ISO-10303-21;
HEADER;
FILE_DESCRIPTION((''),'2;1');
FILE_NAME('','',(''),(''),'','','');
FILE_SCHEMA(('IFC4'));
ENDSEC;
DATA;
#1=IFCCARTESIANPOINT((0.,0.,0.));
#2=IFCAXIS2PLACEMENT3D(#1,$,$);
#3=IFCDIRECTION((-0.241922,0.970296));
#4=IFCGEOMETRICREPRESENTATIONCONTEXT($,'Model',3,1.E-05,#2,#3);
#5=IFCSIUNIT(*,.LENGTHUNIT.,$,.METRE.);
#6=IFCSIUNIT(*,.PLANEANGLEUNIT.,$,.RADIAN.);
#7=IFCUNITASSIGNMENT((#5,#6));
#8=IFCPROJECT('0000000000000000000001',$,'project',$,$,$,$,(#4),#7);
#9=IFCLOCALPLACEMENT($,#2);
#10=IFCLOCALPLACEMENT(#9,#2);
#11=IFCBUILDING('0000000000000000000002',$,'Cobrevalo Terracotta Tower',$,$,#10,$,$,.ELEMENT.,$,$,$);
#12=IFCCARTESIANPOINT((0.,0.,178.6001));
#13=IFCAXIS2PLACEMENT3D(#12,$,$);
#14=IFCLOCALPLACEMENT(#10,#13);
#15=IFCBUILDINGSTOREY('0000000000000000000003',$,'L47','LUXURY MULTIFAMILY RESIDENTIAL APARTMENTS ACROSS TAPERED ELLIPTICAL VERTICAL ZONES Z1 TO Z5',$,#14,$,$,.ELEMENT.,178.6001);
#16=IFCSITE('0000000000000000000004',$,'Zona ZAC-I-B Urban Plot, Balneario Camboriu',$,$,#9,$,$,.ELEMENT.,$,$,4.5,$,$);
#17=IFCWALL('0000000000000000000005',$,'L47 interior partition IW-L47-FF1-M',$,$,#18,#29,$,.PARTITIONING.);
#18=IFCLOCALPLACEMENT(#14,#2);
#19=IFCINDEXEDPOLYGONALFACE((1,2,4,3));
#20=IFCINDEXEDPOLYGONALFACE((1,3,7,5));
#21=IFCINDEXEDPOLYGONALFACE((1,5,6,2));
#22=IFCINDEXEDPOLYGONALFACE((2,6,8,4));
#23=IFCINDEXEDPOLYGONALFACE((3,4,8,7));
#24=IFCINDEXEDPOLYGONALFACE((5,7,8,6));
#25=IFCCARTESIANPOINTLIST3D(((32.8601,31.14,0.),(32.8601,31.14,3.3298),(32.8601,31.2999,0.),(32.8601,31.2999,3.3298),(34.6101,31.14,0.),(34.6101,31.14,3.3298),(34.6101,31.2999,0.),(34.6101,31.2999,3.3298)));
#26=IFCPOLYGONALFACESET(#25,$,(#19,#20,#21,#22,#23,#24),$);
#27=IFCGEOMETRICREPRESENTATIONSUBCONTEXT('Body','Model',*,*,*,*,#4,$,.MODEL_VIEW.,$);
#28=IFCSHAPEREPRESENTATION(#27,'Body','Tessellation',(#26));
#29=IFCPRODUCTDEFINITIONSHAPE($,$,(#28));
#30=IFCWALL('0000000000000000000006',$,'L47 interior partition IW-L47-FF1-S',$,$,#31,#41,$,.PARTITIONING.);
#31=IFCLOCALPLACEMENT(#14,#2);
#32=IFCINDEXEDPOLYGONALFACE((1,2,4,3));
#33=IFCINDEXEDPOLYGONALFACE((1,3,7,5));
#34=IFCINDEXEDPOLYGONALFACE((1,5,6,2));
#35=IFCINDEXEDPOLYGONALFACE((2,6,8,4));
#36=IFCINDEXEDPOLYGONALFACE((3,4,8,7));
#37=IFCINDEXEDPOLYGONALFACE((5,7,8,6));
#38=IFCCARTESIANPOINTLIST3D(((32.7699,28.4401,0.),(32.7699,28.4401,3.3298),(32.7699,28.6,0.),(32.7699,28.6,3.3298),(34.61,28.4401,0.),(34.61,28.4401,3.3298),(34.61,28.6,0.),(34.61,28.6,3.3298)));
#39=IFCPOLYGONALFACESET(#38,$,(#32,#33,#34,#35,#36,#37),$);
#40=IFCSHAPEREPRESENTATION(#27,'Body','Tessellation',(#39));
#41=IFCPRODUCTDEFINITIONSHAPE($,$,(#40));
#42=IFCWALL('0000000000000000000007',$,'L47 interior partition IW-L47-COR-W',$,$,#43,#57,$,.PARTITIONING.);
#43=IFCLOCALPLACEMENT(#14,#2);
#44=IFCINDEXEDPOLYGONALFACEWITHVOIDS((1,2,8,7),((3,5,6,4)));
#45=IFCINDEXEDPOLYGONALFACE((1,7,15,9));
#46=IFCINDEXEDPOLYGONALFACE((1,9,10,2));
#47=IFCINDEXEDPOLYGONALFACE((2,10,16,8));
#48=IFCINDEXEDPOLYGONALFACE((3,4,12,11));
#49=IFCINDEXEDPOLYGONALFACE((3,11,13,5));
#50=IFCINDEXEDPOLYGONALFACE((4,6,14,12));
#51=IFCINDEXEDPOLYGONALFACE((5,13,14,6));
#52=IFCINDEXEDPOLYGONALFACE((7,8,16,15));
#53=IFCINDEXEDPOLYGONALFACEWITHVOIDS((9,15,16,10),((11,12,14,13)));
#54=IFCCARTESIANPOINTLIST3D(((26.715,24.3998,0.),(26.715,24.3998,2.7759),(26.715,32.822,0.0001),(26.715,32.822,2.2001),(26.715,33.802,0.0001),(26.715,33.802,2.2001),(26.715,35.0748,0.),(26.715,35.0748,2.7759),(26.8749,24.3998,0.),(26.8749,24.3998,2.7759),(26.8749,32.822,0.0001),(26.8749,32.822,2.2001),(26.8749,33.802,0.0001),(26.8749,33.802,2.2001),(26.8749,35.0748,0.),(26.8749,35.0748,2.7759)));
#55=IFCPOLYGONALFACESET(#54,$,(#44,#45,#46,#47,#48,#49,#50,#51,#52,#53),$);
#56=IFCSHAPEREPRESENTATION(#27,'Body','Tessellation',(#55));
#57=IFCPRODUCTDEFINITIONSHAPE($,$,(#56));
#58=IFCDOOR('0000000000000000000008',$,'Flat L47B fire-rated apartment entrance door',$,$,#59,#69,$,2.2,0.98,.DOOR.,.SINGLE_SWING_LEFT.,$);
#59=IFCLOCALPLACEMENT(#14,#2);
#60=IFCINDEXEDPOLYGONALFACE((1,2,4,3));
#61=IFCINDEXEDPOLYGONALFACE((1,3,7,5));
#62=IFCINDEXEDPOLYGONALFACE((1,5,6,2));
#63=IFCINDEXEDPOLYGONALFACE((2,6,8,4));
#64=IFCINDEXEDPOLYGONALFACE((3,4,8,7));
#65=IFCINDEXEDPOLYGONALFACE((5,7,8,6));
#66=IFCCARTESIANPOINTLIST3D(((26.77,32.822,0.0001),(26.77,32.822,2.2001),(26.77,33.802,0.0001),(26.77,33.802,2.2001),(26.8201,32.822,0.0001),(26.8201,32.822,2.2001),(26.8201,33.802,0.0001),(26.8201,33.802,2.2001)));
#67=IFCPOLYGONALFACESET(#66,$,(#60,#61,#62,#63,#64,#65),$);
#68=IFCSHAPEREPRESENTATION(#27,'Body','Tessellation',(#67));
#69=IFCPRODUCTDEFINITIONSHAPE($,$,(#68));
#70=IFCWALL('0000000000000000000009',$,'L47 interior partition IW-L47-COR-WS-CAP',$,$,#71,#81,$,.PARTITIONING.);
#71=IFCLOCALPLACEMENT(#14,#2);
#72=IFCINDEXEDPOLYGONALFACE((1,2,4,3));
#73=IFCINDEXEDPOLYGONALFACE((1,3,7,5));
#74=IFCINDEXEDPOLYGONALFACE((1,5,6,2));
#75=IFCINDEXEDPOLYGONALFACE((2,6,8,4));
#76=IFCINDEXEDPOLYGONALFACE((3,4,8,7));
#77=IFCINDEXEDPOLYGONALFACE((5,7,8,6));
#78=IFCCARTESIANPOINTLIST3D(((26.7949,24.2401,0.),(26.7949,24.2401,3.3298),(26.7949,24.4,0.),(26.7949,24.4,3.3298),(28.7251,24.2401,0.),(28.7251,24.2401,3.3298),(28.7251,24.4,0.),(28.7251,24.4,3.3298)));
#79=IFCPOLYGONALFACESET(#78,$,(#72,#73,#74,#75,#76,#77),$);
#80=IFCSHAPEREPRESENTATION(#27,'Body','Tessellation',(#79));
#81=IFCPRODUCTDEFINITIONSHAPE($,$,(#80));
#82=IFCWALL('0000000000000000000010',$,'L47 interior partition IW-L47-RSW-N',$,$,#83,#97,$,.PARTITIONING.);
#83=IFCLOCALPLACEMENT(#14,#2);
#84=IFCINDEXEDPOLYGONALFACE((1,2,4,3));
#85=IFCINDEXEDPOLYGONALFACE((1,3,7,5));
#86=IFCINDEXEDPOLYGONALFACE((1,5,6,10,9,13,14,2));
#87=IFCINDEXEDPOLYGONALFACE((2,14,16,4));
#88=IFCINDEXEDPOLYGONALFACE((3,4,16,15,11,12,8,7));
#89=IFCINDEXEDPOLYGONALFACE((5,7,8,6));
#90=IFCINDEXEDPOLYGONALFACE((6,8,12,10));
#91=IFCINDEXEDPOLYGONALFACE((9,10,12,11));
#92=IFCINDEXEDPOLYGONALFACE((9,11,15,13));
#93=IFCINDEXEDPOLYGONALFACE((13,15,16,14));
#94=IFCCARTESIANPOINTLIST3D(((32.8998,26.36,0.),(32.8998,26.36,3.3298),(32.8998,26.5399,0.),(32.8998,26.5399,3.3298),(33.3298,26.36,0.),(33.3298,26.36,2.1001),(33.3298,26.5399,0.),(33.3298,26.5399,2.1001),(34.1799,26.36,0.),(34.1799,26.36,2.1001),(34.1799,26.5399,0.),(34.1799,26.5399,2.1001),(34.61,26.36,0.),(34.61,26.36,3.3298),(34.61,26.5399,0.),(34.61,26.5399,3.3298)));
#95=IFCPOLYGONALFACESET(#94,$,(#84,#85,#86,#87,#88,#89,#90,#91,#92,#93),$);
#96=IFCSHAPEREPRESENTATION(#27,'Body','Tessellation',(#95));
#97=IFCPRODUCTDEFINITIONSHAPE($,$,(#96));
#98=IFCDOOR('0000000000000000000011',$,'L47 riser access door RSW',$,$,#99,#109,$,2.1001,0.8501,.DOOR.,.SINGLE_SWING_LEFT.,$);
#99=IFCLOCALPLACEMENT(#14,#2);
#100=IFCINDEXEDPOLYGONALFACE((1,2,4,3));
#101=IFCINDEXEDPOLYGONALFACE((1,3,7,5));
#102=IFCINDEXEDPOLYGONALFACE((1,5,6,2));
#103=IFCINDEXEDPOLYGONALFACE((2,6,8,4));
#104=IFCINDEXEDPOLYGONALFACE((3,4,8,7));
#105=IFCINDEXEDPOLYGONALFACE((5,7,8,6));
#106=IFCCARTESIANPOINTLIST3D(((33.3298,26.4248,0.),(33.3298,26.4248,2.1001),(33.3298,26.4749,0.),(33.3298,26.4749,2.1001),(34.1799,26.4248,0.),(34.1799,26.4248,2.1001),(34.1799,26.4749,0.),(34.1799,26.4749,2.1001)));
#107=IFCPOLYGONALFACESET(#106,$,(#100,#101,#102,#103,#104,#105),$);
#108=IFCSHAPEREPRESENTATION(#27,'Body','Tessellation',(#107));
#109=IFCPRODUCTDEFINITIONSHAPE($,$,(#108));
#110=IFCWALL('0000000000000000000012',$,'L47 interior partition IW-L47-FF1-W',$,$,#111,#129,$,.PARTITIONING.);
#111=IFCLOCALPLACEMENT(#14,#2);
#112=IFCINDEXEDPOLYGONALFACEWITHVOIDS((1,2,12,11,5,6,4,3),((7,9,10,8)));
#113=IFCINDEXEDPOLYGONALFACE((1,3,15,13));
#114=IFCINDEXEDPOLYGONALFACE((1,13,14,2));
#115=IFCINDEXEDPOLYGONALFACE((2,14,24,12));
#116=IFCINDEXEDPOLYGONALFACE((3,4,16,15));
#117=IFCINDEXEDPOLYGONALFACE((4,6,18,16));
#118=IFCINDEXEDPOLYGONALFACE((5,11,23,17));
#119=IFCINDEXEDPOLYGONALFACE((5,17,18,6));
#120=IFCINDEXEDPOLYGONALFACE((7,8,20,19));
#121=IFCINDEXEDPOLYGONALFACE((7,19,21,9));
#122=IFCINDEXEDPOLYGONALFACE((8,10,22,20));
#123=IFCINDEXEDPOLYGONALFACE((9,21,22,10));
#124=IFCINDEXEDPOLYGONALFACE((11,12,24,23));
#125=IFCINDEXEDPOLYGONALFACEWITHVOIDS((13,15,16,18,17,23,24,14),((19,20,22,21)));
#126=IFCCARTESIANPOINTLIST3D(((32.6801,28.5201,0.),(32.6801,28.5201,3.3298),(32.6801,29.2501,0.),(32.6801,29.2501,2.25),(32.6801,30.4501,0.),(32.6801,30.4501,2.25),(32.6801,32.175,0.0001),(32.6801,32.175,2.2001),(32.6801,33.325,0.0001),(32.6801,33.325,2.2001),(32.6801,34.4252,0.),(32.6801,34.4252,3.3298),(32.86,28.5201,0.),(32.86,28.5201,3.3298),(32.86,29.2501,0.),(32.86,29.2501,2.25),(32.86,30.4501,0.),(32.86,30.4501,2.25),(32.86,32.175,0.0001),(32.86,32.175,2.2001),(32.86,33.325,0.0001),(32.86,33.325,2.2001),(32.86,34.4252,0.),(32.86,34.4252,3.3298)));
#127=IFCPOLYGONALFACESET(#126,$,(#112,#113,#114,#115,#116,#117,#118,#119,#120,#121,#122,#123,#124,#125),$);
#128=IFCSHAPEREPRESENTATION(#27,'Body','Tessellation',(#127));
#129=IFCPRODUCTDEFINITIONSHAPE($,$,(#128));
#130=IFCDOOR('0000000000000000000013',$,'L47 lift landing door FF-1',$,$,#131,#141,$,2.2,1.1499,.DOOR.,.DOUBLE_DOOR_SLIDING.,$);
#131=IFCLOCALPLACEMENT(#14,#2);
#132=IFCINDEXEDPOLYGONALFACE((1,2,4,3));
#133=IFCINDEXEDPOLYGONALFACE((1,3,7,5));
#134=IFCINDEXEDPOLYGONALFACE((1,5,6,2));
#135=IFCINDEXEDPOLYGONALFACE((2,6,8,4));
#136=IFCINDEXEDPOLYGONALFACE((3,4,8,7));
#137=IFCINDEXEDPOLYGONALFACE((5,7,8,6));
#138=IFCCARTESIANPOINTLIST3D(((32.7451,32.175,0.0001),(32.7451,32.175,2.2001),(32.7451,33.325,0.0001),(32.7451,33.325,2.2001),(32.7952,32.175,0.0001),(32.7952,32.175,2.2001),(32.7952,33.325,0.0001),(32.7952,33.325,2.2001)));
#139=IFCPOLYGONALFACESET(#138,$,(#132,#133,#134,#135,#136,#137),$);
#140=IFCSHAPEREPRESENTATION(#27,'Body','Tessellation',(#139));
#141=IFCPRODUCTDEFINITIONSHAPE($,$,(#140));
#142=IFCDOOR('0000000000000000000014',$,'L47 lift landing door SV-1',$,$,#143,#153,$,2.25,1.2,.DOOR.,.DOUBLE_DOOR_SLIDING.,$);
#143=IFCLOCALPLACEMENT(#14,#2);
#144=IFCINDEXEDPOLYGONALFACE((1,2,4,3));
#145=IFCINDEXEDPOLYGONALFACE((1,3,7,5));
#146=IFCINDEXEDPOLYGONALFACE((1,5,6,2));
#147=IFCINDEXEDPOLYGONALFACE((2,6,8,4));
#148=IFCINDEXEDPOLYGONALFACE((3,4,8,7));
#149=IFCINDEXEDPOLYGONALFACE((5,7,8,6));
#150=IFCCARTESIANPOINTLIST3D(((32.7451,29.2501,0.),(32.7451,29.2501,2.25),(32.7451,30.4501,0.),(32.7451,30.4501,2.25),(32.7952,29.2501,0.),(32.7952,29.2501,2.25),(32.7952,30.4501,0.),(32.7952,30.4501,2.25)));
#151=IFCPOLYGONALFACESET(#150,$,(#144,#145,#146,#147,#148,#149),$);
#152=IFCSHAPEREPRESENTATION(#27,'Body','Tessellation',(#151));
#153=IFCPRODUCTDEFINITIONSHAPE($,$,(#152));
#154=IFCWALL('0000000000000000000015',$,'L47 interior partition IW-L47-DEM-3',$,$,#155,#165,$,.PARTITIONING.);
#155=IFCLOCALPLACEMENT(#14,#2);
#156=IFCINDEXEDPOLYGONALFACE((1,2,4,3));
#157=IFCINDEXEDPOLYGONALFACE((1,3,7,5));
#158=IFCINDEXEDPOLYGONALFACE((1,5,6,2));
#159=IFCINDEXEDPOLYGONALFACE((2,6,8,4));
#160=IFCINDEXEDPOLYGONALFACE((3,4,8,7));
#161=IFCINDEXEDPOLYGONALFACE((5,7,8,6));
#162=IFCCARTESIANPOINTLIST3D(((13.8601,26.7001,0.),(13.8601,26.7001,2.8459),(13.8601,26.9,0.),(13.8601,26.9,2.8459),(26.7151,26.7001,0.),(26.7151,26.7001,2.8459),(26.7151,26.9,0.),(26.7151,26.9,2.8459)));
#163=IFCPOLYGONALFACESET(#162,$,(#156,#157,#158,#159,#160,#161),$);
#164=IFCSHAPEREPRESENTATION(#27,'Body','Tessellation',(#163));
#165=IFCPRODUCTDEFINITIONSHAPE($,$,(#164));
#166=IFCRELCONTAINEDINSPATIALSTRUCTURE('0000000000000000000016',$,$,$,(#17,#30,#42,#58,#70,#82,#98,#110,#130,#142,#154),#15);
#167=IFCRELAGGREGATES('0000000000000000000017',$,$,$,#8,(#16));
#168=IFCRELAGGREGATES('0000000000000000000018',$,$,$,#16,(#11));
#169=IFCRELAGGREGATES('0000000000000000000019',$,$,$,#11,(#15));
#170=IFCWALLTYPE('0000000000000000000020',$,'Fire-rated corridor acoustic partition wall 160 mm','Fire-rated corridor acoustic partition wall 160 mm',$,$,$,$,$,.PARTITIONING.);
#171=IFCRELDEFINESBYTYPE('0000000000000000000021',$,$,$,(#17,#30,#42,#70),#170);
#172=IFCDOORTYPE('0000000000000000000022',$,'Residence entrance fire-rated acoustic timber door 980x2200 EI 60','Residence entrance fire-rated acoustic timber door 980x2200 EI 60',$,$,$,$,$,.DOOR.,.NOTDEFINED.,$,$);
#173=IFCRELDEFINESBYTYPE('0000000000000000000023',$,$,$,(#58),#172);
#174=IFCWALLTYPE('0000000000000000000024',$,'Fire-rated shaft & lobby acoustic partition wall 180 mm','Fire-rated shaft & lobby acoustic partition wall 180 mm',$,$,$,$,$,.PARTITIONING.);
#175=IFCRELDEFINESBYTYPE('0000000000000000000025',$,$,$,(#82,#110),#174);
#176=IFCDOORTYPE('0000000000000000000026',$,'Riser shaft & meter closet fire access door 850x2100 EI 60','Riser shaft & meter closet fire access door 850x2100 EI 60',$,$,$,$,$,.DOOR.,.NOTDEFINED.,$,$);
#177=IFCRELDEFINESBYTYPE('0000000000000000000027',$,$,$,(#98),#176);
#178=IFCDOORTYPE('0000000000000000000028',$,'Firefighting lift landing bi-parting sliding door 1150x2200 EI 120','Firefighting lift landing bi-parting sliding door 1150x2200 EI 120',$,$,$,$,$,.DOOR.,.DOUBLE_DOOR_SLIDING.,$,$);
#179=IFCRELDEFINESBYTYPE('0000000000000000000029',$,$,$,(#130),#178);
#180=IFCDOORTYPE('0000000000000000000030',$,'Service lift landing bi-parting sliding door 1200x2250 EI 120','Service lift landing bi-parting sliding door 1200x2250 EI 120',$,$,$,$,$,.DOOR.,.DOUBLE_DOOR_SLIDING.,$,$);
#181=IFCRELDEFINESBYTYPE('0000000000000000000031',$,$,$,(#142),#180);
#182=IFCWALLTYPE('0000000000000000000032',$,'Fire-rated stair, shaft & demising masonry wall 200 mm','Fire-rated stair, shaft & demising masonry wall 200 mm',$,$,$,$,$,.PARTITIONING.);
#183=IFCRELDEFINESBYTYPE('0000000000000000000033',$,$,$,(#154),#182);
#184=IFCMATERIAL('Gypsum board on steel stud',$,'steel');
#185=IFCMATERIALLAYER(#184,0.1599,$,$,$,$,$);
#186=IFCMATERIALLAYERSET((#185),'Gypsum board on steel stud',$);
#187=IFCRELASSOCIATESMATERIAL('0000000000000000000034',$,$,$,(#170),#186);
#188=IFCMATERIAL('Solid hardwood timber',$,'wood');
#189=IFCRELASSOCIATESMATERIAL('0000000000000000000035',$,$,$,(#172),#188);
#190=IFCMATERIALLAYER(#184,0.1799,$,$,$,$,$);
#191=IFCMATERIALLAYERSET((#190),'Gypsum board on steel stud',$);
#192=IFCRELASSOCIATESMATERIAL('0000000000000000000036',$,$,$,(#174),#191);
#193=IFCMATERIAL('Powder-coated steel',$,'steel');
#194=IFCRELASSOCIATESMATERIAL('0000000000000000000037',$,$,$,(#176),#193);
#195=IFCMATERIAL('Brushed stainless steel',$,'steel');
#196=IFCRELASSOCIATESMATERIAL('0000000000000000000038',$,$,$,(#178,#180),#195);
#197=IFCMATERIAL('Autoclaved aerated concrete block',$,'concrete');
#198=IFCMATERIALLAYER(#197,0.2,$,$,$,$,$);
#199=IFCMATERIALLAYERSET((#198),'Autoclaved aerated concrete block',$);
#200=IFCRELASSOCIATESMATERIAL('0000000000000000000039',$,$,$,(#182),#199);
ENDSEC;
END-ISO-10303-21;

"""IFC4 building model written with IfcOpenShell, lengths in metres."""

from ifc_helpers import new_model, si_unit, direction, frame, frame_2d, origin, place, context, subcontext, project, spatial, rectangle, extrude, source, transform, mapped, material, layer, layer_set, type_object, element, fill, save


model = new_model("IFC4")

# Units and contexts
model_context = context("Model", 3, precision=1e-05, world=origin(), true_north=direction((-0.241922, 0.970296)))
body_context = subcontext(model_context, "Body", "Model", "MODEL_VIEW")
ifc_project = project(units=[si_unit("LENGTHUNIT", "METRE"), si_unit("PLANEANGLEUNIT", "RADIAN")], contexts=[model_context])

# Site, building, storey
site_placement = place(None, origin())
site = spatial("IfcSite", under=ifc_project, at=site_placement, Name="Zona ZAC-I-B Urban Plot, Balneario Camboriu", CompositionType="ELEMENT", RefElevation=4.5)
building_placement = place(site_placement, origin())
building = spatial("IfcBuilding", under=site, at=building_placement, Name="Cobrevalo Terracotta Tower", CompositionType="ELEMENT")
storey_placement = place(building_placement, frame((0.0, 0.0, 178.6001)))
storey = spatial("IfcBuildingStorey", under=building, at=storey_placement, Name="L47", Description="LUXURY MULTIFAMILY RESIDENTIAL APARTMENTS ACROSS TAPERED ELLIPTICAL VERTICAL ZONES Z1 TO Z5", CompositionType="ELEMENT", Elevation=178.6001)

# Walls
ifc_material_1 = material(Name="Gypsum board on steel stud", Category="steel")
ifc_layer_1 = layer(ifc_material_1, 0.1599)
ifc_layer_set_1 = layer_set([ifc_layer_1], Name="Gypsum board on steel stud")
wall_type_1 = type_object("IfcWallType", Name="Fire-rated corridor acoustic partition wall 160 mm", Description="Fire-rated corridor acoustic partition wall 160 mm", PredefinedType="PARTITIONING", material=ifc_layer_set_1)
wall_1_placement = place(storey_placement, frame((32.8601, 31.22, 0.0), z_axis=(0.0, 0.0, 1.0), x_axis=(1.0, 0.0, 0.0)))
element("IfcWall", 1, at=wall_1_placement, inside=storey, type_object=wall_type_1, Name="L47 interior partition IW-L47-FF1-M", PredefinedType="PARTITIONING", context=body_context, shape_type="SweptSolid", body=[
    extrude(rectangle(XDim=1.75, YDim=0.1599, at=frame_2d((0.875, 0.0))), origin(), (0.0, 0.0, 1.0), 3.3298),
])
wall_2_placement = place(storey_placement, frame((32.77, 28.52, 0.0), z_axis=(0.0, 0.0, 1.0), x_axis=(1.0, 0.0, 0.0)))
element("IfcWall", 2, at=wall_2_placement, inside=storey, type_object=wall_type_1, Name="L47 interior partition IW-L47-FF1-S", PredefinedType="PARTITIONING", context=body_context, shape_type="SweptSolid", body=[
    extrude(rectangle(XDim=1.8401, YDim=0.1599, at=frame_2d((0.9199, 0.0))), origin(), (0.0, 0.0, 1.0), 3.3298),
])

# Wall, opening, door
wall_3_placement = place(storey_placement, frame((26.7949, 24.3999, 0.0), z_axis=(0.0, 0.0, 1.0), x_axis=(0.0, 1.0, 0.0)))
wall_3 = element("IfcWall", 3, at=wall_3_placement, inside=storey, type_object=wall_type_1, Name="L47 interior partition IW-L47-COR-W", PredefinedType="PARTITIONING", context=body_context, shape_type="SweptSolid", body=[
    extrude(rectangle(XDim=10.675, YDim=0.1599, at=frame_2d((5.3374, 0.0))), origin(), (0.0, 0.0, 1.0), 2.7759),
])
opening_1_placement = place(wall_3_placement, frame((8.4221, 0.0, 0.0)))
opening_1 = element("IfcOpeningElement", 4, at=opening_1_placement, cuts=wall_3, PredefinedType="OPENING", context=body_context, shape_type="SweptSolid", body=[
    extrude(rectangle(XDim=0.98, YDim=2.2, at=frame_2d((0.49, 1.1001))), frame((0.0, 0.0898, 0.0), z_axis=(0.0, -1.0, 0.0), x_axis=(1.0, 0.0, 0.0)), (0.0, 0.0, 1.0), 0.1799),
])
ifc_material_2 = material(Name="Solid hardwood timber", Category="wood")
door_type_1 = type_object("IfcDoorType", Name="Residence entrance fire-rated acoustic timber door 980x2200 EI 60", Description="Residence entrance fire-rated acoustic timber door 980x2200 EI 60", OperationType="NOTDEFINED", PredefinedType="DOOR", material=ifc_material_2)
shared_shape_1 = source(origin(), body_context, "Body", "SweptSolid", [
    extrude(rectangle(XDim=0.98, YDim=2.2, at=frame_2d((0.49, 1.1001))), frame((0.0, 0.0249, 0.0), z_axis=(0.0, -1.0, 0.0), x_axis=(1.0, 0.0, 0.0)), (0.0, 0.0, 1.0), 0.05),
])
door_1_placement = place(opening_1_placement, origin())
door_1 = element("IfcDoor", 5, at=door_1_placement, inside=storey, type_object=door_type_1, Name="Flat L47B fire-rated apartment entrance door", OperationType="SINGLE_SWING_LEFT", OverallHeight=2.2, OverallWidth=0.98, PredefinedType="DOOR", context=body_context, shape_type="MappedRepresentation", body=[
    mapped(shared_shape_1, transform((0.0, 0.0, 0.0), scale=1.0)),
])
fill(opening_1, door_1)

# Wall
wall_4_placement = place(storey_placement, frame((26.7949, 24.3201, 0.0), z_axis=(0.0, 0.0, 1.0), x_axis=(1.0, 0.0, 0.0)))
element("IfcWall", 6, at=wall_4_placement, inside=storey, type_object=wall_type_1, Name="L47 interior partition IW-L47-COR-WS-CAP", PredefinedType="PARTITIONING", context=body_context, shape_type="SweptSolid", body=[
    extrude(rectangle(XDim=1.9302, YDim=0.1599, at=frame_2d((0.9651, 0.0))), origin(), (0.0, 0.0, 1.0), 3.3298),
])

# Wall, opening, door
ifc_layer_2 = layer(ifc_material_1, 0.1799)
ifc_layer_set_2 = layer_set([ifc_layer_2], Name="Gypsum board on steel stud")
wall_type_2 = type_object("IfcWallType", Name="Fire-rated shaft & lobby acoustic partition wall 180 mm", Description="Fire-rated shaft & lobby acoustic partition wall 180 mm", PredefinedType="PARTITIONING", material=ifc_layer_set_2)
wall_5_placement = place(storey_placement, frame((32.8999, 26.45, 0.0), z_axis=(0.0, 0.0, 1.0), x_axis=(1.0, 0.0, 0.0)))
wall_5 = element("IfcWall", 7, at=wall_5_placement, inside=storey, type_object=wall_type_2, Name="L47 interior partition IW-L47-RSW-N", PredefinedType="PARTITIONING", context=body_context, shape_type="SweptSolid", body=[
    extrude(rectangle(XDim=1.7102, YDim=0.1799, at=frame_2d((0.855, 0.0))), origin(), (0.0, 0.0, 1.0), 3.3298),
])
opening_2_placement = place(wall_5_placement, frame((0.4299, 0.0, 0.0)))
opening_2 = element("IfcOpeningElement", 8, at=opening_2_placement, cuts=wall_5, PredefinedType="OPENING", context=body_context, shape_type="SweptSolid", body=[
    extrude(rectangle(XDim=0.8501, YDim=2.1001, at=frame_2d((0.425, 1.05))), frame((0.0, 0.1001, 0.0), z_axis=(0.0, -1.0, 0.0), x_axis=(1.0, 0.0, 0.0)), (0.0, 0.0, 1.0), 0.2),
])
ifc_material_3 = material(Name="Powder-coated steel", Category="steel")
door_type_2 = type_object("IfcDoorType", Name="Riser shaft & meter closet fire access door 850x2100 EI 60", Description="Riser shaft & meter closet fire access door 850x2100 EI 60", OperationType="NOTDEFINED", PredefinedType="DOOR", material=ifc_material_3)
shared_shape_2 = source(origin(), body_context, "Body", "SweptSolid", [
    extrude(rectangle(XDim=0.8501, YDim=2.1001, at=frame_2d((0.425, 1.05))), frame((0.0, 0.0249, 0.0), z_axis=(0.0, -1.0, 0.0), x_axis=(1.0, 0.0, 0.0)), (0.0, 0.0, 1.0), 0.05),
])
door_2_placement = place(opening_2_placement, origin())
door_2 = element("IfcDoor", 9, at=door_2_placement, inside=storey, type_object=door_type_2, Name="L47 riser access door RSW", OperationType="SINGLE_SWING_LEFT", OverallHeight=2.1001, OverallWidth=0.8501, PredefinedType="DOOR", context=body_context, shape_type="MappedRepresentation", body=[
    mapped(shared_shape_2, transform((0.0, 0.0, 0.0), scale=1.0)),
])
fill(opening_2, door_2)

# Wall, openings, doors
wall_6_placement = place(storey_placement, frame((32.77, 28.52, 0.0), z_axis=(0.0, 0.0, 1.0), x_axis=(0.0, 1.0, 0.0)))
wall_6 = element("IfcWall", 10, at=wall_6_placement, inside=storey, type_object=wall_type_2, Name="L47 interior partition IW-L47-FF1-W", PredefinedType="PARTITIONING", context=body_context, shape_type="SweptSolid", body=[
    extrude(rectangle(XDim=5.905, YDim=0.1799, at=frame_2d((2.9526, 0.0))), origin(), (0.0, 0.0, 1.0), 3.3298),
])
opening_3_placement = place(wall_6_placement, frame((3.655, 0.0, 0.0)))
opening_3 = element("IfcOpeningElement", 11, at=opening_3_placement, cuts=wall_6, PredefinedType="OPENING", context=body_context, shape_type="SweptSolid", body=[
    extrude(rectangle(XDim=1.1499, YDim=2.2, at=frame_2d((0.575, 1.1001))), frame((0.0, 0.1001, 0.0), z_axis=(0.0, -1.0, 0.0), x_axis=(1.0, 0.0, 0.0)), (0.0, 0.0, 1.0), 0.2),
])
opening_4_placement = place(wall_6_placement, frame((0.73, 0.0, 0.0)))
opening_4 = element("IfcOpeningElement", 12, at=opening_4_placement, cuts=wall_6, PredefinedType="OPENING", context=body_context, shape_type="SweptSolid", body=[
    extrude(rectangle(XDim=1.2, YDim=2.25, at=frame_2d((0.6001, 1.125))), frame((0.0, 0.1001, 0.0), z_axis=(0.0, -1.0, 0.0), x_axis=(1.0, 0.0, 0.0)), (0.0, 0.0, 1.0), 0.2),
])
ifc_material_4 = material(Name="Brushed stainless steel", Category="steel")
door_type_3 = type_object("IfcDoorType", Name="Firefighting lift landing bi-parting sliding door 1150x2200 EI 120", Description="Firefighting lift landing bi-parting sliding door 1150x2200 EI 120", OperationType="DOUBLE_DOOR_SLIDING", PredefinedType="DOOR", material=ifc_material_4)
shared_shape_3 = source(origin(), body_context, "Body", "SweptSolid", [
    extrude(rectangle(XDim=1.1499, YDim=2.2, at=frame_2d((0.575, 1.1001))), frame((0.0, 0.0249, 0.0), z_axis=(0.0, -1.0, 0.0), x_axis=(1.0, 0.0, 0.0)), (0.0, 0.0, 1.0), 0.05),
])
door_3_placement = place(opening_3_placement, origin())
door_3 = element("IfcDoor", 13, at=door_3_placement, inside=storey, type_object=door_type_3, Name="L47 lift landing door FF-1", OperationType="DOUBLE_DOOR_SLIDING", OverallHeight=2.2, OverallWidth=1.1499, PredefinedType="DOOR", context=body_context, shape_type="MappedRepresentation", body=[
    mapped(shared_shape_3, transform((0.0, 0.0, 0.0), scale=1.0)),
])
fill(opening_3, door_3)
door_type_4 = type_object("IfcDoorType", Name="Service lift landing bi-parting sliding door 1200x2250 EI 120", Description="Service lift landing bi-parting sliding door 1200x2250 EI 120", OperationType="DOUBLE_DOOR_SLIDING", PredefinedType="DOOR", material=ifc_material_4)
shared_shape_4 = source(origin(), body_context, "Body", "SweptSolid", [
    extrude(rectangle(XDim=1.2, YDim=2.25, at=frame_2d((0.6001, 1.125))), frame((0.0, 0.0249, 0.0), z_axis=(0.0, -1.0, 0.0), x_axis=(1.0, 0.0, 0.0)), (0.0, 0.0, 1.0), 0.05),
])
door_4_placement = place(opening_4_placement, origin())
door_4 = element("IfcDoor", 14, at=door_4_placement, inside=storey, type_object=door_type_4, Name="L47 lift landing door SV-1", OperationType="DOUBLE_DOOR_SLIDING", OverallHeight=2.25, OverallWidth=1.2, PredefinedType="DOOR", context=body_context, shape_type="MappedRepresentation", body=[
    mapped(shared_shape_4, transform((0.0, 0.0, 0.0), scale=1.0)),
])
fill(opening_4, door_4)

# Wall
ifc_material_5 = material(Name="Autoclaved aerated concrete block", Category="concrete")
ifc_layer_3 = layer(ifc_material_5, 0.2)
ifc_layer_set_3 = layer_set([ifc_layer_3], Name="Autoclaved aerated concrete block")
wall_type_3 = type_object("IfcWallType", Name="Fire-rated stair, shaft & demising masonry wall 200 mm", Description="Fire-rated stair, shaft & demising masonry wall 200 mm", PredefinedType="PARTITIONING", material=ifc_layer_set_3)
wall_7_placement = place(storey_placement, frame((26.7151, 26.8, 0.0), z_axis=(0.0, 0.0, 1.0), x_axis=(-1.0, 0.0, 0.0)))
element("IfcWall", 15, at=wall_7_placement, inside=storey, type_object=wall_type_3, Name="L47 interior partition IW-L47-DEM-3", PredefinedType="PARTITIONING", context=body_context, shape_type="SweptSolid", body=[
    extrude(rectangle(XDim=12.855, YDim=0.2, at=frame_2d((6.4275, 0.0))), origin(), (0.0, 0.0, 1.0), 2.8459),
])

save(model, "model.ifc")
